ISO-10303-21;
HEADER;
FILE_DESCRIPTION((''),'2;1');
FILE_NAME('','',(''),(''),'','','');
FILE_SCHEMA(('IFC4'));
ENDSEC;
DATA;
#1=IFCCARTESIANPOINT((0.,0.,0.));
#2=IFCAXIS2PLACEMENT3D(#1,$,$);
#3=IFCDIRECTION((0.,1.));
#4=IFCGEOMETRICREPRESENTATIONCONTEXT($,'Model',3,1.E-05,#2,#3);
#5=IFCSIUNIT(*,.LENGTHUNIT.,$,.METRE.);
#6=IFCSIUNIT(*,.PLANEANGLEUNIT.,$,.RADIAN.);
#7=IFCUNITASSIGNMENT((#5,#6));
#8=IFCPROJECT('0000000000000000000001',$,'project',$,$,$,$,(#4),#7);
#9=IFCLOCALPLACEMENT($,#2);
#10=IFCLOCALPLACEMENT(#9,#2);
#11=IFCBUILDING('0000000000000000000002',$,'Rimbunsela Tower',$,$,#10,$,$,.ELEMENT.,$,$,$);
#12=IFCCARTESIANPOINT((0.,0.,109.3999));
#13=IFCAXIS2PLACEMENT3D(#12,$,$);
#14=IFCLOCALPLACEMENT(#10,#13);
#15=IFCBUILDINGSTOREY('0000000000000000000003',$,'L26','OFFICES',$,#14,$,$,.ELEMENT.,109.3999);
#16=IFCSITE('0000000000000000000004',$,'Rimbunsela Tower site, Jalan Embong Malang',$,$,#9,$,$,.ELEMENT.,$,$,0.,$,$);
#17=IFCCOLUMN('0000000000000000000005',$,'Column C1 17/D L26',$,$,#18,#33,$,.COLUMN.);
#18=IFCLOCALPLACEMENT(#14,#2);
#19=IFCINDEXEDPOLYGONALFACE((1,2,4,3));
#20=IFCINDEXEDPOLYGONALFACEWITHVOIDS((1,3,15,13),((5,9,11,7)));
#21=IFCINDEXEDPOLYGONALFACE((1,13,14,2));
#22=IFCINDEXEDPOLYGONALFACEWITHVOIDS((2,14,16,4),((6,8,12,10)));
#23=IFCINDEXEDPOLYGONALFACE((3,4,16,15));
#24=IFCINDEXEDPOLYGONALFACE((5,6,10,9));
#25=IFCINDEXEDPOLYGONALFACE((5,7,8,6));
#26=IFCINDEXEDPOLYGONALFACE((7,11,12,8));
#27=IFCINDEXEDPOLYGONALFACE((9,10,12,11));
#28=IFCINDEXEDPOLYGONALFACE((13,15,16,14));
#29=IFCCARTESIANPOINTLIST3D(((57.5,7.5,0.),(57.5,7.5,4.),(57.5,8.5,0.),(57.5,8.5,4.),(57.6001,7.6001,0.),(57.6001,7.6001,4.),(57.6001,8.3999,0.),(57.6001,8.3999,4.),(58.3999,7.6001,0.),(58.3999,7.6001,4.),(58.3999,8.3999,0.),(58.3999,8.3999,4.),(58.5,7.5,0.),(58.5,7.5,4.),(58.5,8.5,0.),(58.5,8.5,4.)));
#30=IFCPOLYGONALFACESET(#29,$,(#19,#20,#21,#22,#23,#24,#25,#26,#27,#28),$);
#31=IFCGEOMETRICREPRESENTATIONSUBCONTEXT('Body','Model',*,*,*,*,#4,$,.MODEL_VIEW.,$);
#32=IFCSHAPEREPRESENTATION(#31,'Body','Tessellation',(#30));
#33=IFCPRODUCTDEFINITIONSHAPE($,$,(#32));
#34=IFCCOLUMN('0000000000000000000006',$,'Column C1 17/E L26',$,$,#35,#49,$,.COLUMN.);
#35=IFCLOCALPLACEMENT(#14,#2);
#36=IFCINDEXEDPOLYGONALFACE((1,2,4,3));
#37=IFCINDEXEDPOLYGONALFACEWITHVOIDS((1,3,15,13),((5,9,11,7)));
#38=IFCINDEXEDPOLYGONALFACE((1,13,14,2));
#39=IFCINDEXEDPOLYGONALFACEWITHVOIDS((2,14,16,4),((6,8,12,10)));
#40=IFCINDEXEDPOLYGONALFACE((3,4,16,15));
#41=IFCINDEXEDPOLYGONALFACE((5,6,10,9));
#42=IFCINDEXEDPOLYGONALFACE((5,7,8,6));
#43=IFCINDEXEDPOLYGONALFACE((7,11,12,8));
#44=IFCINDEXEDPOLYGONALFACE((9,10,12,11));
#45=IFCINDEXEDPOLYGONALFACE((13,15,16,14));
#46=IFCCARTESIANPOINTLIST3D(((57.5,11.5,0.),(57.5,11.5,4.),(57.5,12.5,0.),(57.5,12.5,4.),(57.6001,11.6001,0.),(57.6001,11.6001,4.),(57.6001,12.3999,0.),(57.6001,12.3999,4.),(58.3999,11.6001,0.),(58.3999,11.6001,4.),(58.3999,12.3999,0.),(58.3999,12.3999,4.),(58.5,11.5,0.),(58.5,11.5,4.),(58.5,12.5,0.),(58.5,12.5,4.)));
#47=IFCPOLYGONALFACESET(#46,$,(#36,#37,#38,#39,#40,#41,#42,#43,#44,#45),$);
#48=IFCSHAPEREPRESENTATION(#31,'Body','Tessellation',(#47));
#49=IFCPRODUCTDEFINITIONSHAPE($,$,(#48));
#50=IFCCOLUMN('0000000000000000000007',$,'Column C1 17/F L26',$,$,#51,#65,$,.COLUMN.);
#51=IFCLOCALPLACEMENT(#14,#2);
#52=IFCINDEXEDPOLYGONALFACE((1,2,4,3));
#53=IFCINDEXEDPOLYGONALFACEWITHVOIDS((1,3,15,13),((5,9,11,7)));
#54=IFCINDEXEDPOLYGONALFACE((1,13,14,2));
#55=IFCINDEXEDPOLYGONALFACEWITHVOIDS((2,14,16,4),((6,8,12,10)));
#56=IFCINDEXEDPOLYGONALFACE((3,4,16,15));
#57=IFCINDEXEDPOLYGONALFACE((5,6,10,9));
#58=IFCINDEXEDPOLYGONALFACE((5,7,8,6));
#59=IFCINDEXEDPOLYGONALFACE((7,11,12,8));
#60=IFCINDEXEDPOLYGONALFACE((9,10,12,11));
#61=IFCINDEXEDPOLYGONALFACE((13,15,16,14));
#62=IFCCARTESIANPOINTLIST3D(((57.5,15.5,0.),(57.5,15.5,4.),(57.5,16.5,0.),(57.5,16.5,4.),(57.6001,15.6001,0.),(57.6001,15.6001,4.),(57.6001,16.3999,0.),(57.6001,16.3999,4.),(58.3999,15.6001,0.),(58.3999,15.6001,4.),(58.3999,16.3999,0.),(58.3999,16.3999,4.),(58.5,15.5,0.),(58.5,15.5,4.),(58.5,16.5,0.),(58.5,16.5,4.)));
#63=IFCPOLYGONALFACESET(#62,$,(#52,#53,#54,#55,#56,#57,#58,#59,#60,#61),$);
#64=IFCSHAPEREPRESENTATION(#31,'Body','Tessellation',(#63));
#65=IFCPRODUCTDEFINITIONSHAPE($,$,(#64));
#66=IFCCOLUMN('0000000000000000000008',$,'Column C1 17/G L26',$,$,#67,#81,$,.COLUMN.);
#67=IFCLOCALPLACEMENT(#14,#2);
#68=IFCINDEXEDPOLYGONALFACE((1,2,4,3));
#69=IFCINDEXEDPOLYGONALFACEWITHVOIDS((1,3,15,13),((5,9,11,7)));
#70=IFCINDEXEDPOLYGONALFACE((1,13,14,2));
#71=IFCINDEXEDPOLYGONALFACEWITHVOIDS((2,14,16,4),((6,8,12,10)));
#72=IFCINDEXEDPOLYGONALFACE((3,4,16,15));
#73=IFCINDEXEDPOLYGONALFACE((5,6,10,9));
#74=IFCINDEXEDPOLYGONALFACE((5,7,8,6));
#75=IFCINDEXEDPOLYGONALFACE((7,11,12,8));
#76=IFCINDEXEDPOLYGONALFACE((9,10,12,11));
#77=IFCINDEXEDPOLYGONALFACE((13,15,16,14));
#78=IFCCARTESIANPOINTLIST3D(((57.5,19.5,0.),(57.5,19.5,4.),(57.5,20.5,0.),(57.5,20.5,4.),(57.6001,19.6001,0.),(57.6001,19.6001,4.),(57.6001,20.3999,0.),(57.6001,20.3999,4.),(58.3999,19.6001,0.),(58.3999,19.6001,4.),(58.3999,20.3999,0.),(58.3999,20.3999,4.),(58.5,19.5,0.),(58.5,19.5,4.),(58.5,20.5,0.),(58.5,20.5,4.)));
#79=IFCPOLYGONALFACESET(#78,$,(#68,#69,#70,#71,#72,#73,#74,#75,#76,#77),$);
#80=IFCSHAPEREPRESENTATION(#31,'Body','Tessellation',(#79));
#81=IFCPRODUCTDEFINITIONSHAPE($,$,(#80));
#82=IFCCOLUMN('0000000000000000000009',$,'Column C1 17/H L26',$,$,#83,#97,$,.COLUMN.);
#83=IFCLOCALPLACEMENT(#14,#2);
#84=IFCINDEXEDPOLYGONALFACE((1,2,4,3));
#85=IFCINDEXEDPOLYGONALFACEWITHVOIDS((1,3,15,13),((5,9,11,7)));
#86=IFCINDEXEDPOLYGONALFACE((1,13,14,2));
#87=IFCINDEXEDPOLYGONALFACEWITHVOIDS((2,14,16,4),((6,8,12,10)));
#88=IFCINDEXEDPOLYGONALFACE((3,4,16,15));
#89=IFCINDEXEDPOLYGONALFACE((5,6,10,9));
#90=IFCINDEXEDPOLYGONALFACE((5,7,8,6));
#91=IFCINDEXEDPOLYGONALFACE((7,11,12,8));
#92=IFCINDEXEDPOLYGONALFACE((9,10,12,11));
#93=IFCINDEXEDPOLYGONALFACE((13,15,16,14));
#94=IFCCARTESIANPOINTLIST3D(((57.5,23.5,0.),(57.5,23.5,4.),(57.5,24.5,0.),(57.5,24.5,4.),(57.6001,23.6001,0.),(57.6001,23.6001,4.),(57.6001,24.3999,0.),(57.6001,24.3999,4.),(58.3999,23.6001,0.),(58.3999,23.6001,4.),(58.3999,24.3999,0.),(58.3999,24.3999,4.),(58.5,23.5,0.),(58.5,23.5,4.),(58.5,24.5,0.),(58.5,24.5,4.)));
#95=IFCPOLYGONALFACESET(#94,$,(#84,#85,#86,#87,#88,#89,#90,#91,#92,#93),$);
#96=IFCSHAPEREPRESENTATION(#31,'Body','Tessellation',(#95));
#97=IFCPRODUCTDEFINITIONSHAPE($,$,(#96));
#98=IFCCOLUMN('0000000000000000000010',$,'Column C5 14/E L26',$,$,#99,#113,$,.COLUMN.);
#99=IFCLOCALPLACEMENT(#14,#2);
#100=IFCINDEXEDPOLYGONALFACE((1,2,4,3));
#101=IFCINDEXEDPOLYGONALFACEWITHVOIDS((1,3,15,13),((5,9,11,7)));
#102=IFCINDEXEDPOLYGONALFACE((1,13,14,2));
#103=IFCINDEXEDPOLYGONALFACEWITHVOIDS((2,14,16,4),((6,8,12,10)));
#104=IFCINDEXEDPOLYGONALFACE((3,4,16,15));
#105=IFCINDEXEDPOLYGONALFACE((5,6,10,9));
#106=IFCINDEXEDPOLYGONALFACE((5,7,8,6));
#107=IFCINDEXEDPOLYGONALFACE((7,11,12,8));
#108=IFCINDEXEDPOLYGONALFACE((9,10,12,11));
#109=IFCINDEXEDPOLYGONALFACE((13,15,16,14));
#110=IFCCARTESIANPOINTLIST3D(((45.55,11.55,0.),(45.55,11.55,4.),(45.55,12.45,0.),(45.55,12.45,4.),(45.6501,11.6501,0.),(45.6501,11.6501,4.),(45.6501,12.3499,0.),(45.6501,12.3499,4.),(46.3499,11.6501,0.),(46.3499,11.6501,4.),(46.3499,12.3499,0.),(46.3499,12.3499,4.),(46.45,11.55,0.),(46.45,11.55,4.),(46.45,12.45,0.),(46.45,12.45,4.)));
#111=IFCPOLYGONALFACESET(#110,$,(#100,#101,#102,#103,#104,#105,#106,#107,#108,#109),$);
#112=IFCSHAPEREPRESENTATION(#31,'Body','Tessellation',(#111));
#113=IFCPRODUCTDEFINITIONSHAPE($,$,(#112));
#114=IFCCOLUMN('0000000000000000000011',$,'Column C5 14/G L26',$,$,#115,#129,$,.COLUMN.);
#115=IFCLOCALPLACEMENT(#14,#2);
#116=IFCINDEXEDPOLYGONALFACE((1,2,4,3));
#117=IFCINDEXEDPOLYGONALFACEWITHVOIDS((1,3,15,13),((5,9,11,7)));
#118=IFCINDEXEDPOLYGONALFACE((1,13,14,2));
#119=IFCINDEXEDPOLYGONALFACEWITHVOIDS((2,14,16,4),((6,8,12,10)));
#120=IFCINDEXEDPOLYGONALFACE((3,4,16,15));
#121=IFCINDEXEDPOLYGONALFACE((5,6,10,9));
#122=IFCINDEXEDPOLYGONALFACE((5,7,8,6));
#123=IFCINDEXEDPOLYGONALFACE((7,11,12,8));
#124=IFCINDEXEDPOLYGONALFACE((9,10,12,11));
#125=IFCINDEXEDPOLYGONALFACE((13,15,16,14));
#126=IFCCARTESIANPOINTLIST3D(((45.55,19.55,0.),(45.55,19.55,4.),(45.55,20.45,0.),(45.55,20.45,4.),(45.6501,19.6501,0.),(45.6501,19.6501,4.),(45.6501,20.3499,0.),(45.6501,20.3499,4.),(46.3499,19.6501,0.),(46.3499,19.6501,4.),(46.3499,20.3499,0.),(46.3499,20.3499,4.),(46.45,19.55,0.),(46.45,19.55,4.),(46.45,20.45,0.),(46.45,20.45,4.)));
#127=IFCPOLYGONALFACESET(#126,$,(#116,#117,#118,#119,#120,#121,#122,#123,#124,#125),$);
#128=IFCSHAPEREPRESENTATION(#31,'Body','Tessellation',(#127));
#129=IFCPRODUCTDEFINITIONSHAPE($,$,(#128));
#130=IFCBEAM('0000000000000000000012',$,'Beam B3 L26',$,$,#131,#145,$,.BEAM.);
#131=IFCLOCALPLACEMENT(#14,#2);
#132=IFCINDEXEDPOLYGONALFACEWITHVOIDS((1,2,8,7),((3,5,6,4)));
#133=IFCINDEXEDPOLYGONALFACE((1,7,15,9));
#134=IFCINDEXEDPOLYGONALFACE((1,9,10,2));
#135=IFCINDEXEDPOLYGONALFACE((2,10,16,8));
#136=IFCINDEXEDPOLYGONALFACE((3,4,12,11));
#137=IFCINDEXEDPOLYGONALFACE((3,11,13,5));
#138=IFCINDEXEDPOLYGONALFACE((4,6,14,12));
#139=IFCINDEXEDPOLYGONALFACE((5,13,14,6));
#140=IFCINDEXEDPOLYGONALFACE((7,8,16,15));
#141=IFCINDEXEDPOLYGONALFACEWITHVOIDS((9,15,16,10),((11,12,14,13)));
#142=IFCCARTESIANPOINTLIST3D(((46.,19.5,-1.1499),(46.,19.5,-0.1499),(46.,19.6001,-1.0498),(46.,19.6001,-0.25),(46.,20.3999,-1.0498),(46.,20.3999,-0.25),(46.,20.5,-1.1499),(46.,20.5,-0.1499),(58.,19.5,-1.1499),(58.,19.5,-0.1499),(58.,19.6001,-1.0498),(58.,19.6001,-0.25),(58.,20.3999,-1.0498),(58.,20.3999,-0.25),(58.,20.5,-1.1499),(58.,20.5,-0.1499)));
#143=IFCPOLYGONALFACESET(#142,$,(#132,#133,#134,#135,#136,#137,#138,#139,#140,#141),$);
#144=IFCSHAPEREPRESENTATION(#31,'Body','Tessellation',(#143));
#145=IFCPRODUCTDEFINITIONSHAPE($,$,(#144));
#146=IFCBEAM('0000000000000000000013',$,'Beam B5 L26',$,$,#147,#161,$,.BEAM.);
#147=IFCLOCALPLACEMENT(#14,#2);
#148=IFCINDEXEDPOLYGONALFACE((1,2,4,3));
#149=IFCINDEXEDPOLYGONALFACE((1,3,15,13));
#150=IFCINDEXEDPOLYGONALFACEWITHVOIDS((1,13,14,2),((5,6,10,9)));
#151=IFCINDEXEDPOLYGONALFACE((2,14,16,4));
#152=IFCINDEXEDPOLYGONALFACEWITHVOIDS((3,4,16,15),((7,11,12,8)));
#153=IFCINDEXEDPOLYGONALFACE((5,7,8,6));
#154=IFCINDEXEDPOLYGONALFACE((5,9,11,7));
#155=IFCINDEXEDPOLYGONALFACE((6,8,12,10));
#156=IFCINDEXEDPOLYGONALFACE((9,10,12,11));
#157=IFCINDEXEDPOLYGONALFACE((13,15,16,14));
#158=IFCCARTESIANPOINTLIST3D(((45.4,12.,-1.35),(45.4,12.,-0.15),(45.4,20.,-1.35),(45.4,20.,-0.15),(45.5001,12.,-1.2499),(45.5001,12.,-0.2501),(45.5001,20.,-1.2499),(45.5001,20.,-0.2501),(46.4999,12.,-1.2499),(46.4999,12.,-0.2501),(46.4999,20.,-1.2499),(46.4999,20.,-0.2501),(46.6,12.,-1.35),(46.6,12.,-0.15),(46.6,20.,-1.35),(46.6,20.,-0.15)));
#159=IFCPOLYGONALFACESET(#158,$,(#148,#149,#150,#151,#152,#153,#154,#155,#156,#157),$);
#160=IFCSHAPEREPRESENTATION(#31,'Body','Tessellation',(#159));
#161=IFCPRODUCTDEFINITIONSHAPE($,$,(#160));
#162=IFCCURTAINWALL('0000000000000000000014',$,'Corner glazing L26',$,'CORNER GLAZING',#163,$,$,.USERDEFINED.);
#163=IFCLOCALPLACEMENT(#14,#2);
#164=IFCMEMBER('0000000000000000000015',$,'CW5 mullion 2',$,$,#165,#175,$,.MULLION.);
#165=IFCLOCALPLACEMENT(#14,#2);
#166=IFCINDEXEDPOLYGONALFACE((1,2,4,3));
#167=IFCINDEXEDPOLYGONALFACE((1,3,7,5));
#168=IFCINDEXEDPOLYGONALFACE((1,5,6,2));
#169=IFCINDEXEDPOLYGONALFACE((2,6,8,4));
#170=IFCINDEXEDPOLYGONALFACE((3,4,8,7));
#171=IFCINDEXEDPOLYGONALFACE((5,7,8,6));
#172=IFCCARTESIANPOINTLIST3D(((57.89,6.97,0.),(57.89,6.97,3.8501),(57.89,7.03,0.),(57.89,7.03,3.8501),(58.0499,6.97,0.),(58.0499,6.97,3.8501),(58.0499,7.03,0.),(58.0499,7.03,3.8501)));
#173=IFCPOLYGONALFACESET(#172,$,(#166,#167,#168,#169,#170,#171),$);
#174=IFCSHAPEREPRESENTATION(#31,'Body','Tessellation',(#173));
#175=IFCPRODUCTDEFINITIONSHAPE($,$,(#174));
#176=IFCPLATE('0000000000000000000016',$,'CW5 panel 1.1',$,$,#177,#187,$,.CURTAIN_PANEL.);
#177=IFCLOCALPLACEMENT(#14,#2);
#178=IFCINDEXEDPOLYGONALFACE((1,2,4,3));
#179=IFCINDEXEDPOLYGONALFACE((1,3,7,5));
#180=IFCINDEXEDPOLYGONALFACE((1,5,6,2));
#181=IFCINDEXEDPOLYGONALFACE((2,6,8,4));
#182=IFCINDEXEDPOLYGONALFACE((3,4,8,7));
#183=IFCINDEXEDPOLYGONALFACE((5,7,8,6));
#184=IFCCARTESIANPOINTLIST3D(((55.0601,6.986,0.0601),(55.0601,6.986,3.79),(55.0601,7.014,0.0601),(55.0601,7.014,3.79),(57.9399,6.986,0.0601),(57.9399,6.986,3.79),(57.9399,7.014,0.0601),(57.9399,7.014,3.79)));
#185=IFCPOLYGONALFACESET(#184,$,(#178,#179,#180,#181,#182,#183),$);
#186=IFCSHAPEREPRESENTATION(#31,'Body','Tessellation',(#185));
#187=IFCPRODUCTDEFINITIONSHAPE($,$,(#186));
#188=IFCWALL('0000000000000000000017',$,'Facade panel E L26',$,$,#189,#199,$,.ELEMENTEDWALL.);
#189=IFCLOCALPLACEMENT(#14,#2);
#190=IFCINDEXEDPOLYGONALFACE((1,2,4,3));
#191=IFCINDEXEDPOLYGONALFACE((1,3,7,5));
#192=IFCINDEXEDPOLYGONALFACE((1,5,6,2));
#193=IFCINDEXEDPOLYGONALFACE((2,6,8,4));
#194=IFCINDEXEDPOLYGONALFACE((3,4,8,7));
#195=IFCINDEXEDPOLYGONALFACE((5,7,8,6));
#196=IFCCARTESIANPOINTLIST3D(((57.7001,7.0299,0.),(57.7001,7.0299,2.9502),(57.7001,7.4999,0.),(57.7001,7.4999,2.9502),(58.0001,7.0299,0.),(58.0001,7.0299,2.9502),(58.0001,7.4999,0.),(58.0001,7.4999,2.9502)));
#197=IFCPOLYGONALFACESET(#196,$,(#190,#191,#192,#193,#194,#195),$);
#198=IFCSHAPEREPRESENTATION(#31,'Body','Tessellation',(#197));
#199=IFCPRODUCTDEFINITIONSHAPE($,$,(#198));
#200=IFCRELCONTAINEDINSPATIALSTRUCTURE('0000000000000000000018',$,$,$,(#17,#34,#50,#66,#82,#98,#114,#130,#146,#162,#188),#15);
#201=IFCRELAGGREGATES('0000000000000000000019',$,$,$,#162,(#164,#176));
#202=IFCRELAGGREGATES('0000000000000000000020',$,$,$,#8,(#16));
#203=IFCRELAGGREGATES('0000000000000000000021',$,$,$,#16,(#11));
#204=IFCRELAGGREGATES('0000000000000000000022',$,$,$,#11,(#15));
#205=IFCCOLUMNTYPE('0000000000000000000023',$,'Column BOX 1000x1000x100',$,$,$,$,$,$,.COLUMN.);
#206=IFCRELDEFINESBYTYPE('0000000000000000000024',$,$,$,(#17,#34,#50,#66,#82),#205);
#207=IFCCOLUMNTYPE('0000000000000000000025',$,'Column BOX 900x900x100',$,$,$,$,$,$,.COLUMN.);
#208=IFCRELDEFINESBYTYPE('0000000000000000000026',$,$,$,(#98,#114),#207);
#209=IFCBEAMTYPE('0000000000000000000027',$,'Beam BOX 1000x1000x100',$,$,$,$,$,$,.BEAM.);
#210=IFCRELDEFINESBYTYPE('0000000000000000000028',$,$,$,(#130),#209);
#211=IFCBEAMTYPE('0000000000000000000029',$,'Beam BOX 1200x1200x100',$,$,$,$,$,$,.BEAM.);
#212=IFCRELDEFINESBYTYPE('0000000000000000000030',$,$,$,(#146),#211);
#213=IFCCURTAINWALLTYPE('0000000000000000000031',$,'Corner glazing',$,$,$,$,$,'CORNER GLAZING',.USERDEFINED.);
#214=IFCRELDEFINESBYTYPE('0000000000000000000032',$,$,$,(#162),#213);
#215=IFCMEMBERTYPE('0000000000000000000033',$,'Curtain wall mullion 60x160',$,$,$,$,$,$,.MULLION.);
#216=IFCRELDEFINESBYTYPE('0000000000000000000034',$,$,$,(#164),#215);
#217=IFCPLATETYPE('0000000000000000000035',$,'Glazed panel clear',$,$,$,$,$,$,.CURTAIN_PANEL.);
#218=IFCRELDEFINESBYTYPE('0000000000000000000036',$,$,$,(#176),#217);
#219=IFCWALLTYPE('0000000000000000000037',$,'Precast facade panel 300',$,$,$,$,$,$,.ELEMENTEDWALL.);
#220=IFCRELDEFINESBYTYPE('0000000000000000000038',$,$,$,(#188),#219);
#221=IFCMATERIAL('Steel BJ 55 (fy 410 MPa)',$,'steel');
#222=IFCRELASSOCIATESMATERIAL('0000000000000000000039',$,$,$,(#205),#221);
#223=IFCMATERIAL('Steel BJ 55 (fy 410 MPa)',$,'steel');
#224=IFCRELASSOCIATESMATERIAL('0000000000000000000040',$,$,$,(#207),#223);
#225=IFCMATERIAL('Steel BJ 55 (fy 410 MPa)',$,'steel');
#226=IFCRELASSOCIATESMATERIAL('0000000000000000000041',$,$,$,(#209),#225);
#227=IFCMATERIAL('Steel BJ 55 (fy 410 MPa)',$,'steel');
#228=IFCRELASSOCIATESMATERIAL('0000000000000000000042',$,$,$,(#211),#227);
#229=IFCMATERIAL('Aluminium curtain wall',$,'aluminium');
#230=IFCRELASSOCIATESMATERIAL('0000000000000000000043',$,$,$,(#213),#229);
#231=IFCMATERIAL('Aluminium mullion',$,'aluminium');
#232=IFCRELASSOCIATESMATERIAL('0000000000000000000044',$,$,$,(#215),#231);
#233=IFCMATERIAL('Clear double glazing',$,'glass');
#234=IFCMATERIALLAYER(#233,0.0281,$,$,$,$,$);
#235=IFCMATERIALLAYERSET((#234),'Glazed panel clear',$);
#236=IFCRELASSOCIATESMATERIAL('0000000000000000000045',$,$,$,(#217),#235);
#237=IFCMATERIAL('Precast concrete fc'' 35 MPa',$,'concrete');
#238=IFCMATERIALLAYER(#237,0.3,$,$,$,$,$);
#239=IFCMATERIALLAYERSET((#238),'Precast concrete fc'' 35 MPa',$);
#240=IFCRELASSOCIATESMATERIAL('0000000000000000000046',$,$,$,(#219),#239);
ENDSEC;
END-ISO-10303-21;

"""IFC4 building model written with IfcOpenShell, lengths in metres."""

from ifc_helpers import new_model, si_unit, direction, frame, frame_2d, origin, origin_2d, place, context, subcontext, project, spatial, rectangle, hollow_rectangle, extrude, material, layer, layer_set, material_profile, profile_set, type_object, element, aggregate, save


model = new_model("IFC4")

# Units and contexts
model_context = context("Model", 3, precision=1e-05, world=origin(), true_north=direction((0.0, 1.0)))
body_context = subcontext(model_context, "Body", "Model", "MODEL_VIEW")
ifc_project = project(units=[si_unit("LENGTHUNIT", "METRE"), si_unit("PLANEANGLEUNIT", "RADIAN")], contexts=[model_context])

# Site, building, storey
site_placement = place(None, origin())
site = spatial("IfcSite", under=ifc_project, at=site_placement, Name="Rimbunsela Tower site, Jalan Embong Malang", CompositionType="ELEMENT", RefElevation=0.0)
building_placement = place(site_placement, origin())
building = spatial("IfcBuilding", under=site, at=building_placement, Name="Rimbunsela Tower", CompositionType="ELEMENT")
storey_placement = place(building_placement, frame((0.0, 0.0, 109.3999)))
storey = spatial("IfcBuildingStorey", under=building, at=storey_placement, Name="L26", Description="OFFICES", CompositionType="ELEMENT", Elevation=109.3999)

# Columns
ifc_material_1 = material(Name="Steel BJ 55 (fy 410 MPa)", Category="steel")
ifc_material_profile_1 = material_profile(ifc_material_1, hollow_rectangle(XDim=1.0, YDim=1.0, WallThickness=0.1001, at=origin_2d()), Name="BOX 1000x1000x100")
ifc_profile_set_1 = profile_set([ifc_material_profile_1], Name="Steel BJ 55 (fy 410 MPa)")
column_type_1 = type_object("IfcColumnType", Name="Column BOX 1000x1000x100", PredefinedType="COLUMN", material=ifc_profile_set_1)
for number, where, z_axis, x_axis, name in (
    (1, (58.0, 8.0, 0.0), (0.0, 0.0, 1.0), (1.0, 0.0, 0.0), "Column C1 17/D L26"),
    (2, (58.0, 12.0, 0.0), (0.0, 0.0, 1.0), (1.0, 0.0, 0.0), "Column C1 17/E L26"),
    (3, (58.0, 16.0, 0.0), (0.0, 0.0, 1.0), (1.0, 0.0, 0.0), "Column C1 17/F L26"),
    (4, (58.0, 20.0, 0.0), (0.0, 0.0, 1.0), (1.0, 0.0, 0.0), "Column C1 17/G L26"),
    (5, (58.0, 24.0, 0.0), (0.0, 0.0, 1.0), (1.0, 0.0, 0.0), "Column C1 17/H L26"),
):
    element("IfcColumn", number, at=place(storey_placement, frame(where, z_axis=z_axis, x_axis=x_axis)), inside=storey, type_object=column_type_1, Name=name, PredefinedType="COLUMN", context=body_context, shape_type="SweptSolid", body=[
        extrude(hollow_rectangle(XDim=1.0, YDim=1.0, WallThickness=0.1001, at=origin_2d()), origin(), (0.0, 0.0, 1.0), 4.0),
    ])
ifc_material_2 = material(Name="Steel BJ 55 (fy 410 MPa)", Category="steel")
ifc_material_profile_2 = material_profile(ifc_material_2, hollow_rectangle(XDim=0.8999, YDim=0.8999, WallThickness=0.1001, at=origin_2d()), Name="BOX 900x900x100")
ifc_profile_set_2 = profile_set([ifc_material_profile_2], Name="Steel BJ 55 (fy 410 MPa)")
column_type_2 = type_object("IfcColumnType", Name="Column BOX 900x900x100", PredefinedType="COLUMN", material=ifc_profile_set_2)
for number, where, z_axis, x_axis, name in (
    (6, (46.0, 12.0, 0.0), (0.0, 0.0, 1.0), (1.0, 0.0, 0.0), "Column C5 14/E L26"),
    (7, (46.0, 20.0, 0.0), (0.0, 0.0, 1.0), (1.0, 0.0, 0.0), "Column C5 14/G L26"),
):
    element("IfcColumn", number, at=place(storey_placement, frame(where, z_axis=z_axis, x_axis=x_axis)), inside=storey, type_object=column_type_2, Name=name, PredefinedType="COLUMN", context=body_context, shape_type="SweptSolid", body=[
        extrude(hollow_rectangle(XDim=0.8999, YDim=0.8999, WallThickness=0.1001, at=origin_2d()), origin(), (0.0, 0.0, 1.0), 4.0),
    ])

# Beams
ifc_material_3 = material(Name="Steel BJ 55 (fy 410 MPa)", Category="steel")
ifc_material_profile_3 = material_profile(ifc_material_3, hollow_rectangle(XDim=1.0, YDim=1.0, WallThickness=0.1001, at=origin_2d()), Name="BOX 1000x1000x100")
ifc_profile_set_3 = profile_set([ifc_material_profile_3], Name="Steel BJ 55 (fy 410 MPa)")
beam_type_1 = type_object("IfcBeamType", Name="Beam BOX 1000x1000x100", PredefinedType="BEAM", material=ifc_profile_set_3)
beam_1_placement = place(storey_placement, frame((46.0, 20.0, -0.6499), z_axis=(1.0, 0.0, 0.0), x_axis=(0.0, 1.0, 0.0)))
element("IfcBeam", 8, at=beam_1_placement, inside=storey, type_object=beam_type_1, Name="Beam B3 L26", PredefinedType="BEAM", context=body_context, shape_type="SweptSolid", body=[
    extrude(hollow_rectangle(XDim=1.0, YDim=1.0, WallThickness=0.1001, at=origin_2d()), origin(), (0.0, 0.0, 1.0), 12.0),
])
ifc_material_4 = material(Name="Steel BJ 55 (fy 410 MPa)", Category="steel")
ifc_material_profile_4 = material_profile(ifc_material_4, hollow_rectangle(XDim=1.2, YDim=1.2, WallThickness=0.1001, at=origin_2d()), Name="BOX 1200x1200x100")
ifc_profile_set_4 = profile_set([ifc_material_profile_4], Name="Steel BJ 55 (fy 410 MPa)")
beam_type_2 = type_object("IfcBeamType", Name="Beam BOX 1200x1200x100", PredefinedType="BEAM", material=ifc_profile_set_4)
beam_2_placement = place(storey_placement, frame((46.0, 12.0, -0.75), z_axis=(0.0, 1.0, 0.0), x_axis=(-1.0, 0.0, 0.0)))
element("IfcBeam", 9, at=beam_2_placement, inside=storey, type_object=beam_type_2, Name="Beam B5 L26", PredefinedType="BEAM", context=body_context, shape_type="SweptSolid", body=[
    extrude(hollow_rectangle(XDim=1.2, YDim=1.2, WallThickness=0.1001, at=origin_2d()), origin(), (0.0, 0.0, 1.0), 8.0),
])

# Curtain wall, member, plate
ifc_material_5 = material(Name="Aluminium curtain wall", Category="aluminium")
curtain_wall_type = type_object("IfcCurtainWallType", Name="Corner glazing", ElementType="CORNER GLAZING", PredefinedType="USERDEFINED", material=ifc_material_5)
curtain_wall_placement = place(storey_placement, origin())
curtain_wall = element("IfcCurtainWall", 10, at=curtain_wall_placement, inside=storey, type_object=curtain_wall_type, Name="Corner glazing L26", ObjectType="CORNER GLAZING", PredefinedType="USERDEFINED")
ifc_material_6 = material(Name="Aluminium mullion", Category="aluminium")
ifc_material_profile_5 = material_profile(ifc_material_6, rectangle(XDim=0.0601, YDim=0.1599, at=origin_2d()), Name="Mullion 60x160")
ifc_profile_set_5 = profile_set([ifc_material_profile_5], Name="Aluminium mullion")
member_type = type_object("IfcMemberType", Name="Curtain wall mullion 60x160", PredefinedType="MULLION", material=ifc_profile_set_5)
member_placement = place(storey_placement, frame((57.97, 7.0, 0.0), z_axis=(0.0, 0.0, 1.0), x_axis=(0.0, 1.0, 0.0)))
member = element("IfcMember", 11, at=member_placement, type_object=member_type, Name="CW5 mullion 2", PredefinedType="MULLION", context=body_context, shape_type="SweptSolid", body=[
    extrude(rectangle(XDim=0.0601, YDim=0.1599, at=origin_2d()), origin(), (0.0, 0.0, 1.0), 3.8501),
])
ifc_material_7 = material(Name="Clear double glazing", Category="glass")
ifc_layer_1 = layer(ifc_material_7, 0.0281)
ifc_layer_set_1 = layer_set([ifc_layer_1], Name="Glazed panel clear")
plate_type = type_object("IfcPlateType", Name="Glazed panel clear", PredefinedType="CURTAIN_PANEL", material=ifc_layer_set_1)
plate_placement = place(storey_placement, frame((56.5, 7.0, 0.0601), z_axis=(0.0, 0.0, 1.0), x_axis=(1.0, 0.0, 0.0)))
plate = element("IfcPlate", 12, at=plate_placement, type_object=plate_type, Name="CW5 panel 1.1", PredefinedType="CURTAIN_PANEL", context=body_context, shape_type="SweptSolid", body=[
    extrude(rectangle(XDim=2.8799, YDim=0.0281, at=origin_2d()), origin(), (0.0, 0.0, 1.0), 3.73),
])
aggregate(curtain_wall, [member, plate])

# Wall
ifc_material_8 = material(Name="Precast concrete fc' 35 MPa", Category="concrete")
ifc_layer_2 = layer(ifc_material_8, 0.3)
ifc_layer_set_2 = layer_set([ifc_layer_2], Name="Precast concrete fc' 35 MPa")
wall_type = type_object("IfcWallType", Name="Precast facade panel 300", PredefinedType="ELEMENTEDWALL", material=ifc_layer_set_2)
wall_1_placement = place(storey_placement, frame((57.8501, 7.03, 0.0), z_axis=(0.0, 0.0, 1.0), x_axis=(0.0, 1.0, 0.0)))
element("IfcWall", 13, at=wall_1_placement, inside=storey, type_object=wall_type, Name="Facade panel E L26", PredefinedType="ELEMENTEDWALL", context=body_context, shape_type="SweptSolid", body=[
    extrude(rectangle(XDim=0.47, YDim=0.3, at=frame_2d((0.2349, 0.0))), origin(), (0.0, 0.0, 1.0), 2.9502),
])

save(model, "model.ifc")
